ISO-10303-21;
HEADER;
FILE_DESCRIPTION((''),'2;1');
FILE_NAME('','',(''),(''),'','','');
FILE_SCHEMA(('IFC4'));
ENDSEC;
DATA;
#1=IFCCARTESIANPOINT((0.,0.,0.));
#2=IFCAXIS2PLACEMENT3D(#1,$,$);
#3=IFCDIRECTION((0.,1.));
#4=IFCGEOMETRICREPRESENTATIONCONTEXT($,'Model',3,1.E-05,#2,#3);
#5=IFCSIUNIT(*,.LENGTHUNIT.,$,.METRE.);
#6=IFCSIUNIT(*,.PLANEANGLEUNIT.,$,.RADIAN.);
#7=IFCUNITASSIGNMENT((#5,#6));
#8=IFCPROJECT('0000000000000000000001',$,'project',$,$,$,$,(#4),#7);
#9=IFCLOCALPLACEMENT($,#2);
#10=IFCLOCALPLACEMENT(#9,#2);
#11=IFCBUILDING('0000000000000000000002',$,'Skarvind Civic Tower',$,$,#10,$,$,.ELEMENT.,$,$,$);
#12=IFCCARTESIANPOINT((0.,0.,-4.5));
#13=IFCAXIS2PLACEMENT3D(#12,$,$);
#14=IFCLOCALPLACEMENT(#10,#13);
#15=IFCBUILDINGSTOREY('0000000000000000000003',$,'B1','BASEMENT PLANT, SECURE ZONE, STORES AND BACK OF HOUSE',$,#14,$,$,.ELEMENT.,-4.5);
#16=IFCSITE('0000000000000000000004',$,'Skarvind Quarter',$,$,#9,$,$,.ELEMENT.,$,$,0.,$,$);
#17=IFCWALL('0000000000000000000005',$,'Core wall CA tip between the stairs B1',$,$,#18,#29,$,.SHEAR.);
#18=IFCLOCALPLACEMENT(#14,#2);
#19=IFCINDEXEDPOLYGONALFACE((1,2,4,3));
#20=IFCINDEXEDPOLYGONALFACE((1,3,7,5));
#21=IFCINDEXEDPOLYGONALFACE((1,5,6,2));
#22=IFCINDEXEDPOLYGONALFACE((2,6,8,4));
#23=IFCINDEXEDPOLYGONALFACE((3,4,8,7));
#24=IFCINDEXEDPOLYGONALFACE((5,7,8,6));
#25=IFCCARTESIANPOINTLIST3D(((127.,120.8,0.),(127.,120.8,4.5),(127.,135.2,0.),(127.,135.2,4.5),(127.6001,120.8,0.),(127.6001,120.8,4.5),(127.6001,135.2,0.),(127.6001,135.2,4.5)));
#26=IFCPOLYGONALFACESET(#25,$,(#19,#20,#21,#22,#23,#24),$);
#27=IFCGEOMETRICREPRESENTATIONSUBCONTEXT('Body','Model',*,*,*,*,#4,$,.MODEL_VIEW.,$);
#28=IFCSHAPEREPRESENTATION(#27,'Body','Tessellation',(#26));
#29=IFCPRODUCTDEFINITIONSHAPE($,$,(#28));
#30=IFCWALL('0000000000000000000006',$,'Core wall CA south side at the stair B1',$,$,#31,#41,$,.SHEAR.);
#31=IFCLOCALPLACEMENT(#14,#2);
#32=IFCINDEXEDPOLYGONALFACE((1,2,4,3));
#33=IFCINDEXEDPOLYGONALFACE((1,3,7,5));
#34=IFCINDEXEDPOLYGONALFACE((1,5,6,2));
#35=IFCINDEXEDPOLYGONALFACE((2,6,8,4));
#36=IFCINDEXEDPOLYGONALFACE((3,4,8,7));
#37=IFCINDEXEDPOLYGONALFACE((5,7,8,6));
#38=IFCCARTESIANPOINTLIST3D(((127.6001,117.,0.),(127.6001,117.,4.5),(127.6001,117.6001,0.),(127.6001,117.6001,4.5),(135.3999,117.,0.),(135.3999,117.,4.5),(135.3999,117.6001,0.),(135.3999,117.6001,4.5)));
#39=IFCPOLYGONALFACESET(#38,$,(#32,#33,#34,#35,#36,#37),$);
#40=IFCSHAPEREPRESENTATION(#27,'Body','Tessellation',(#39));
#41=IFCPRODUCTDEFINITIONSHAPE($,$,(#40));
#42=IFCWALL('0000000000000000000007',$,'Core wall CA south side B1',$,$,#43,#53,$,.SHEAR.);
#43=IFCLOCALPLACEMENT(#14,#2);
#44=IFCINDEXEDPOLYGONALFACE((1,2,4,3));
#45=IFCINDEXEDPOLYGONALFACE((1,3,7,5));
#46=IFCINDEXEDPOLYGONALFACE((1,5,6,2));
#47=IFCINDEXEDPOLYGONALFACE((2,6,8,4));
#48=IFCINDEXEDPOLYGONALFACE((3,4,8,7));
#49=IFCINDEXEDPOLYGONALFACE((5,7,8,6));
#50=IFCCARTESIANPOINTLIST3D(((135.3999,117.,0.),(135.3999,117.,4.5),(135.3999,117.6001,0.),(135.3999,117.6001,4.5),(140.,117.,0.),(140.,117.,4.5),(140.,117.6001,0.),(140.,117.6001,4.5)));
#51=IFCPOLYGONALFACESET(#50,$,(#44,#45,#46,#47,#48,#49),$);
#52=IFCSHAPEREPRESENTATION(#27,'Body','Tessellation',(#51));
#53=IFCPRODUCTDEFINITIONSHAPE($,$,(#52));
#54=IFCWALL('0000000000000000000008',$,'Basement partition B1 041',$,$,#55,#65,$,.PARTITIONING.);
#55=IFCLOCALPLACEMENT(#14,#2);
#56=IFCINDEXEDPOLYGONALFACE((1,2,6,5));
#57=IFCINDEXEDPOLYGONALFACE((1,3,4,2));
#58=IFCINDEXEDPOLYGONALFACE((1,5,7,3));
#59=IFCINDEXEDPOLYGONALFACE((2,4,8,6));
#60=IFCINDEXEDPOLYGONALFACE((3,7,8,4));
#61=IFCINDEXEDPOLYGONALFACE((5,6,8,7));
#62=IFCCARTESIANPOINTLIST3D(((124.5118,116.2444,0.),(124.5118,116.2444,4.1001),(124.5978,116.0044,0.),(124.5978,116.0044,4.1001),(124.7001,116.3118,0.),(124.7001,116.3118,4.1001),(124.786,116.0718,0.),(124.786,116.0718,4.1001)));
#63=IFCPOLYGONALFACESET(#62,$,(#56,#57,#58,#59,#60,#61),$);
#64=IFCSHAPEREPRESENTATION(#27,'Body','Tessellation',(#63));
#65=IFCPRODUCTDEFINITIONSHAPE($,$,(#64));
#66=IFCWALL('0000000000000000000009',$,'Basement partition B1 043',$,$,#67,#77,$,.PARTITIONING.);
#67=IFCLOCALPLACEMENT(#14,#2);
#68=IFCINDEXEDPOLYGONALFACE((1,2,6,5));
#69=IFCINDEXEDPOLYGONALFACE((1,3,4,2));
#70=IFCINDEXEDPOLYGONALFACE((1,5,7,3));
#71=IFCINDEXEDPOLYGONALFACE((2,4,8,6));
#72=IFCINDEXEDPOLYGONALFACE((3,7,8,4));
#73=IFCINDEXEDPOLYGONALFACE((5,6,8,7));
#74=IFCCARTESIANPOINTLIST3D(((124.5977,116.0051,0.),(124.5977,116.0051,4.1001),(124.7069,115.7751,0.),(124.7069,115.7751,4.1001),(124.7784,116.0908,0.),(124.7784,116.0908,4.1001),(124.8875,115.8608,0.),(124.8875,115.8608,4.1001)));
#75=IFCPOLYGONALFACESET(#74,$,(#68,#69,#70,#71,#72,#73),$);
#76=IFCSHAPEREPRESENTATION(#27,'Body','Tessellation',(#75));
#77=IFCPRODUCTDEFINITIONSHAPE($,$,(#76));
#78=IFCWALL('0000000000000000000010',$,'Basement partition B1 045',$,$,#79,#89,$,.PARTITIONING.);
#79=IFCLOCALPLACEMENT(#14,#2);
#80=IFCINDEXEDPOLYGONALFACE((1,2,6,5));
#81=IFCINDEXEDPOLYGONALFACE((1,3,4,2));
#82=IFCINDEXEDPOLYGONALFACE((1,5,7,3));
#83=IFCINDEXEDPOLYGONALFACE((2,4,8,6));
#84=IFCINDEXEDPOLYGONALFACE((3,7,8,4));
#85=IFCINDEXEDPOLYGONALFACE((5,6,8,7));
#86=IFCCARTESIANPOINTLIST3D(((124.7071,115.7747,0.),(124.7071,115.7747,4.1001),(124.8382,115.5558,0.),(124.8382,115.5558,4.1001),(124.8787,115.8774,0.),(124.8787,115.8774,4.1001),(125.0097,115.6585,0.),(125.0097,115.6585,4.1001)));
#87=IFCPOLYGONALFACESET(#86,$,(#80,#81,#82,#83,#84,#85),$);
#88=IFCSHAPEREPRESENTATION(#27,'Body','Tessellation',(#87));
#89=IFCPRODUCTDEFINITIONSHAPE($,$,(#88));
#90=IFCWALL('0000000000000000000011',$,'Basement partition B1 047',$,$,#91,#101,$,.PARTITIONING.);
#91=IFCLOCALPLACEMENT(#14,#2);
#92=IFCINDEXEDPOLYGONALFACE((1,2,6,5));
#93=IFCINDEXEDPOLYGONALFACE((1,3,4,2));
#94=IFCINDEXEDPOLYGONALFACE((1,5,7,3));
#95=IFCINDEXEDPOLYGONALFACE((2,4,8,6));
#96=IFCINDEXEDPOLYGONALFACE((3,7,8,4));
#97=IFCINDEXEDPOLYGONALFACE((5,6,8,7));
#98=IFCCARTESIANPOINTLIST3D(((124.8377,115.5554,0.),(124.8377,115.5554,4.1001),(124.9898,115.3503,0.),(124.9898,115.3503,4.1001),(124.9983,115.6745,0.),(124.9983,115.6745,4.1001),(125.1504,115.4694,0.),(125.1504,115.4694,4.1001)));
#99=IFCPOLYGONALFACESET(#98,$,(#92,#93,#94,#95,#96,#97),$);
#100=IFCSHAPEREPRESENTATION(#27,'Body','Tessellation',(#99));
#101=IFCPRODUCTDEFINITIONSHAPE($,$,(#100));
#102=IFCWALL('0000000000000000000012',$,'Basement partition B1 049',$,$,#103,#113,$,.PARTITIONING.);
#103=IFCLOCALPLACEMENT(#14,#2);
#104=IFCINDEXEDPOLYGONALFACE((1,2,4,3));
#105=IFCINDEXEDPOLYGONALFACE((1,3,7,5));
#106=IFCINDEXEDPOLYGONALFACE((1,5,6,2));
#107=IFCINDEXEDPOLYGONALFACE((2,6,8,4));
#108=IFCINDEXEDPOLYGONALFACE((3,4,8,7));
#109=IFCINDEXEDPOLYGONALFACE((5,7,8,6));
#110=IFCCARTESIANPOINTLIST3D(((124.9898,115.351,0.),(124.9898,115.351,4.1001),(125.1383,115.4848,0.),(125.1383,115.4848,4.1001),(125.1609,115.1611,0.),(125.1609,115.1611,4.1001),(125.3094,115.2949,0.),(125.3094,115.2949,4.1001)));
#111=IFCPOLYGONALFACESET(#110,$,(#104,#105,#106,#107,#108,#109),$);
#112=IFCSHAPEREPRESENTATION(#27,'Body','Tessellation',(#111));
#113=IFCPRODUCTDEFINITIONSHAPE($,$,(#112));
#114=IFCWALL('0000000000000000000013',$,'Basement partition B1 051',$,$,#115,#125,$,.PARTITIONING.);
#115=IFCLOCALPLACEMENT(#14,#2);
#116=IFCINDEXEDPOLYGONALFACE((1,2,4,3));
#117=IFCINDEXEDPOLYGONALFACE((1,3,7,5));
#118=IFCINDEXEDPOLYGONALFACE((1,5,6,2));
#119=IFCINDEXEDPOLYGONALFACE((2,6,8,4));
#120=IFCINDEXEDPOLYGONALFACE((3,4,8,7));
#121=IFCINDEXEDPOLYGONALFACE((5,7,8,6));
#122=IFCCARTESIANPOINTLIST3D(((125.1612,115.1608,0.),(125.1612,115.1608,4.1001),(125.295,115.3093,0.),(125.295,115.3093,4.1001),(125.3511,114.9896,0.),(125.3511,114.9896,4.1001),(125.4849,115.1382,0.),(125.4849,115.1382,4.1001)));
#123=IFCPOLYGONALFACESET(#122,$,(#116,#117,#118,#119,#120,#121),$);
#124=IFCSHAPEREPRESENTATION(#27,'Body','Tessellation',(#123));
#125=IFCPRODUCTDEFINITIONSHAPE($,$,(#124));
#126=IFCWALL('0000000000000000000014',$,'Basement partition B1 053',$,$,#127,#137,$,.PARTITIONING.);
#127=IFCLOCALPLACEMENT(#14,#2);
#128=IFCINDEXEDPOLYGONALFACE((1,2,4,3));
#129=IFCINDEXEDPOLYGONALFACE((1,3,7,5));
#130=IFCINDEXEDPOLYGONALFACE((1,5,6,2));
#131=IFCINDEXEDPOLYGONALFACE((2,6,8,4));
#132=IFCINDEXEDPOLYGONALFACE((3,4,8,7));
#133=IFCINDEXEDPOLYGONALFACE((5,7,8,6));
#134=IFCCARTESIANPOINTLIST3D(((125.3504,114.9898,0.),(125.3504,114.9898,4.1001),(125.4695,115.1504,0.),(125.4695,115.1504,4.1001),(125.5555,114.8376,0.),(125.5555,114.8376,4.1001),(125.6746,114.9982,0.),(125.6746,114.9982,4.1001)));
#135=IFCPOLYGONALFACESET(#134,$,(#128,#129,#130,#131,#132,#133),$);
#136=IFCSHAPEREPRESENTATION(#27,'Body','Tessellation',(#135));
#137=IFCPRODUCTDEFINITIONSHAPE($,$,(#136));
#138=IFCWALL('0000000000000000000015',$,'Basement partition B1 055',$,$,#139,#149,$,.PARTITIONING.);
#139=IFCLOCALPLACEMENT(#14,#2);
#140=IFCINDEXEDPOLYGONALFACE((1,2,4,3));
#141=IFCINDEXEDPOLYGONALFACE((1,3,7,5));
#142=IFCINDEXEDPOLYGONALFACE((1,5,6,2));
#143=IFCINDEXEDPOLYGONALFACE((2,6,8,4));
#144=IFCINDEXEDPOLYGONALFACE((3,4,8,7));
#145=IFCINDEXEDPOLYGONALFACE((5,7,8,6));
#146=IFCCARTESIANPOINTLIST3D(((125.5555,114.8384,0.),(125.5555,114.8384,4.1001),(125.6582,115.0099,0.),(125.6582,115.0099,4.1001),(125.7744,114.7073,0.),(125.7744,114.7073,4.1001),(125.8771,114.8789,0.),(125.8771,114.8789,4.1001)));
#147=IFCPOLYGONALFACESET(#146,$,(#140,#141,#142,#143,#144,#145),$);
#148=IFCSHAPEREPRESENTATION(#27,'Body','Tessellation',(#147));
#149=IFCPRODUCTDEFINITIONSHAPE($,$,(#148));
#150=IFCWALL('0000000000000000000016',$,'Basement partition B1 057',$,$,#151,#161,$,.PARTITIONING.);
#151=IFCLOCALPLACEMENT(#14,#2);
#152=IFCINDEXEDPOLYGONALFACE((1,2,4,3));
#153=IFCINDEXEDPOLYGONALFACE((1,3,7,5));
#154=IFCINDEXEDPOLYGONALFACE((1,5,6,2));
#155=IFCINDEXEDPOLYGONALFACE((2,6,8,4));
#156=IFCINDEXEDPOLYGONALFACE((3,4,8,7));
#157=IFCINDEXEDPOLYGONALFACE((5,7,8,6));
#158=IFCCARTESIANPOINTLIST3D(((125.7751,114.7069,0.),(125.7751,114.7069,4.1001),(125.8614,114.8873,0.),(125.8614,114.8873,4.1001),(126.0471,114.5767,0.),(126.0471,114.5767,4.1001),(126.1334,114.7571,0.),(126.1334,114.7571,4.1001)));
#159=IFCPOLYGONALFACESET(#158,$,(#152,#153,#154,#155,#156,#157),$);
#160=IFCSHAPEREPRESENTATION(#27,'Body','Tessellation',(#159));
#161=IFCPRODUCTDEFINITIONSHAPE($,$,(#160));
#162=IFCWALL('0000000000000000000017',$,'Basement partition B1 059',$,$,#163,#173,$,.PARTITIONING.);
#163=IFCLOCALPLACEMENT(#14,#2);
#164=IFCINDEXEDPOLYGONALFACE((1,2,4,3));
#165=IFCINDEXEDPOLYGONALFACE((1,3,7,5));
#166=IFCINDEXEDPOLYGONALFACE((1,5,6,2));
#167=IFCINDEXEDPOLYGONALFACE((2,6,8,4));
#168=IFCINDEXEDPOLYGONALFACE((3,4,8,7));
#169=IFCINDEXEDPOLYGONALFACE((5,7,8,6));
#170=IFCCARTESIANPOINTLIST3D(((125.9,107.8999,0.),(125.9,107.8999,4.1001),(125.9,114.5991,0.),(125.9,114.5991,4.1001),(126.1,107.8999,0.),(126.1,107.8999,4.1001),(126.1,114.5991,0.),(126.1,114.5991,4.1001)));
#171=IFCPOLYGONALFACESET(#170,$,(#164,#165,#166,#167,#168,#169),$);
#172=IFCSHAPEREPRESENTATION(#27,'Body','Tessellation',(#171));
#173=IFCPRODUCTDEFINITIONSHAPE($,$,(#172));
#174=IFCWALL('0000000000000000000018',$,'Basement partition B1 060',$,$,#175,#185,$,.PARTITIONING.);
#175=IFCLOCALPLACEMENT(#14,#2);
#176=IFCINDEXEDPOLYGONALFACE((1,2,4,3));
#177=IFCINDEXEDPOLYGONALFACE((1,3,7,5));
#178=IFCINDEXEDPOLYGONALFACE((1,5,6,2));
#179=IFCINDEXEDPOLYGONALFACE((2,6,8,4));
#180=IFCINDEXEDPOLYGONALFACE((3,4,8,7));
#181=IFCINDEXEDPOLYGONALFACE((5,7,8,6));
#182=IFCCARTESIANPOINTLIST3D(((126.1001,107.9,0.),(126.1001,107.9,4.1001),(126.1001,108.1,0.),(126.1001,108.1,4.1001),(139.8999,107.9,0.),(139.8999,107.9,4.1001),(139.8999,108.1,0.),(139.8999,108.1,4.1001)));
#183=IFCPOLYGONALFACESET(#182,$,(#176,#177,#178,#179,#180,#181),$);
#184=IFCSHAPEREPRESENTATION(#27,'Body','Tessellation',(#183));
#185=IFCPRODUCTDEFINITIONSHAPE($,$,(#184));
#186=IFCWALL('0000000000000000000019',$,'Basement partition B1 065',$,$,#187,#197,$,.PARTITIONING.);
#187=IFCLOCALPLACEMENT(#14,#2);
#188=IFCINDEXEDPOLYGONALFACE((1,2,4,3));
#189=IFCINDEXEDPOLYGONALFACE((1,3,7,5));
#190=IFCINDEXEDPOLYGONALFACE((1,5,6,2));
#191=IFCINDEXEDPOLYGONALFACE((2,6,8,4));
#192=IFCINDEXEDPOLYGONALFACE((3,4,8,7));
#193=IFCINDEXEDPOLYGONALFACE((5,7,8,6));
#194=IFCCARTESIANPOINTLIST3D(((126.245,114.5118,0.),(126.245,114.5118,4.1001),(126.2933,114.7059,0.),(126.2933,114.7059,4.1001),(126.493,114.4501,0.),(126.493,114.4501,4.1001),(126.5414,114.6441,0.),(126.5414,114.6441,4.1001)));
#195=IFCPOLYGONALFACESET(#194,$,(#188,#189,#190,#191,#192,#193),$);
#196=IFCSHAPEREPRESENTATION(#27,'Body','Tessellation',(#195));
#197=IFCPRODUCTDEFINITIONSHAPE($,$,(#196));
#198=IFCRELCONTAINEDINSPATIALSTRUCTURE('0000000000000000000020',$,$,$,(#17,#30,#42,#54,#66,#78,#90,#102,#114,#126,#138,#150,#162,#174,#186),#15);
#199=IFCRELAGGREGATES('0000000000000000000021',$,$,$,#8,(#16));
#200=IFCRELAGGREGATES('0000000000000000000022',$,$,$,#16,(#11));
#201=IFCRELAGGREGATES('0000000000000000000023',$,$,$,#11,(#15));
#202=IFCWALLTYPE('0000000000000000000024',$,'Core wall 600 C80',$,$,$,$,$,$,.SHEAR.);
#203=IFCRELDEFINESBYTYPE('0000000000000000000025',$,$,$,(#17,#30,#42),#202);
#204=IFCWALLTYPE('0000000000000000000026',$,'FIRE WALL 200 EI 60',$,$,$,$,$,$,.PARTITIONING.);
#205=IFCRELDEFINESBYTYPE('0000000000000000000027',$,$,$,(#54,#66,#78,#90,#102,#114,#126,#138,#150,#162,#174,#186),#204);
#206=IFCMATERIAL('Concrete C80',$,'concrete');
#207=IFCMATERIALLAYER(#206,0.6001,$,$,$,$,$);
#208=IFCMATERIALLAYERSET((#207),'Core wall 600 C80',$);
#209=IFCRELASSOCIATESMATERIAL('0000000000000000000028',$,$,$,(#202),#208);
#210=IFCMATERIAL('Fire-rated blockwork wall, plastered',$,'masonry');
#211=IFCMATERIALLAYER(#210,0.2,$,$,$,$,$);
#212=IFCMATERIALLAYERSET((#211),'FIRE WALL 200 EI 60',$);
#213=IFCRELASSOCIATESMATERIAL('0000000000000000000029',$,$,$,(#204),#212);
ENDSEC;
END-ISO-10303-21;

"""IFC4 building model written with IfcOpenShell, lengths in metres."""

from ifc_helpers import new_model, si_unit, direction, frame, frame_2d, origin, place, context, subcontext, project, spatial, rectangle, extrude, material, layer, layer_set, type_object, element, save


model = new_model("IFC4")

# Units and contexts
model_context = context("Model", 3, precision=1e-05, world=origin(), true_north=direction((0.0, 1.0)))
body_context = subcontext(model_context, "Body", "Model", "MODEL_VIEW")
ifc_project = project(units=[si_unit("LENGTHUNIT", "METRE"), si_unit("PLANEANGLEUNIT", "RADIAN")], contexts=[model_context])

# Site, building, storey
site_placement = place(None, origin())
site = spatial("IfcSite", under=ifc_project, at=site_placement, Name="Skarvind Quarter", CompositionType="ELEMENT", RefElevation=0.0)
building_placement = place(site_placement, origin())
building = spatial("IfcBuilding", under=site, at=building_placement, Name="Skarvind Civic Tower", CompositionType="ELEMENT")
storey_placement = place(building_placement, frame((0.0, 0.0, -4.5)))
storey = spatial("IfcBuildingStorey", under=building, at=storey_placement, Name="B1", Description="BASEMENT PLANT, SECURE ZONE, STORES AND BACK OF HOUSE", CompositionType="ELEMENT", Elevation=-4.5)

# Shared definitions
ifc_material_1 = material(Name="Concrete C80", Category="concrete")

# Walls
ifc_layer_1 = layer(ifc_material_1, 0.6001)
ifc_layer_set_1 = layer_set([ifc_layer_1], Name="Core wall 600 C80")
wall_type_1 = type_object("IfcWallType", Name="Core wall 600 C80", PredefinedType="SHEAR", material=ifc_layer_set_1)
wall_1_placement = place(storey_placement, frame((127.3, 120.8, 0.0), z_axis=(0.0, 0.0, 1.0), x_axis=(0.0, 1.0, 0.0)))
element("IfcWall", 1, at=wall_1_placement, inside=storey, type_object=wall_type_1, Name="Core wall CA tip between the stairs B1", PredefinedType="SHEAR", context=body_context, shape_type="SweptSolid", body=[
    extrude(rectangle(XDim=14.3999, YDim=0.6001, at=frame_2d((7.2, 0.0))), origin(), (0.0, 0.0, 1.0), 4.5),
])
wall_2_placement = place(storey_placement, frame((127.6001, 117.3, 0.0), z_axis=(0.0, 0.0, 1.0), x_axis=(1.0, 0.0, 0.0)))
element("IfcWall", 2, at=wall_2_placement, inside=storey, type_object=wall_type_1, Name="Core wall CA south side at the stair B1", PredefinedType="SHEAR", context=body_context, shape_type="SweptSolid", body=[
    extrude(rectangle(XDim=7.7998, YDim=0.6001, at=frame_2d((3.8999, 0.0))), origin(), (0.0, 0.0, 1.0), 4.5),
])
wall_3_placement = place(storey_placement, frame((135.3999, 117.3, 0.0), z_axis=(0.0, 0.0, 1.0), x_axis=(1.0, 0.0, 0.0)))
element("IfcWall", 3, at=wall_3_placement, inside=storey, type_object=wall_type_1, Name="Core wall CA south side B1", PredefinedType="SHEAR", context=body_context, shape_type="SweptSolid", body=[
    extrude(rectangle(XDim=4.6001, YDim=0.6001, at=frame_2d((2.3, 0.0))), origin(), (0.0, 0.0, 1.0), 4.5),
])
ifc_material_2 = material(Name="Fire-rated blockwork wall, plastered", Category="masonry")
ifc_layer_2 = layer(ifc_material_2, 0.2)
ifc_layer_set_2 = layer_set([ifc_layer_2], Name="FIRE WALL 200 EI 60")
wall_type_2 = type_object("IfcWallType", Name="FIRE WALL 200 EI 60", PredefinedType="PARTITIONING", material=ifc_layer_set_2)
wall_4_placement = place(storey_placement, frame((124.606, 116.2781, 0.0), z_axis=(0.0, 0.0, 1.0), x_axis=(0.337125, -0.94146, 0.0)))
element("IfcWall", 4, at=wall_4_placement, inside=storey, type_object=wall_type_2, Name="Basement partition B1 041", PredefinedType="PARTITIONING", context=body_context, shape_type="SweptSolid", body=[
    extrude(rectangle(XDim=0.2549, YDim=0.2, at=frame_2d((0.1274, 0.0))), origin(), (0.0, 0.0, 1.0), 4.1001),
])
wall_5_placement = place(storey_placement, frame((124.688, 116.0481, 0.0), z_axis=(0.0, 0.0, 1.0), x_axis=(0.428705, -0.903445, 0.0)))
element("IfcWall", 5, at=wall_5_placement, inside=storey, type_object=wall_type_2, Name="Basement partition B1 043", PredefinedType="PARTITIONING", context=body_context, shape_type="SweptSolid", body=[
    extrude(rectangle(XDim=0.2546, YDim=0.2, at=frame_2d((0.1274, 0.0))), origin(), (0.0, 0.0, 1.0), 4.1001),
])
wall_6_placement = place(storey_placement, frame((124.793, 115.8259, 0.0), z_axis=(0.0, 0.0, 1.0), x_axis=(0.513652, -0.857999, 0.0)))
element("IfcWall", 6, at=wall_6_placement, inside=storey, type_object=wall_type_2, Name="Basement partition B1 045", PredefinedType="PARTITIONING", context=body_context, shape_type="SweptSolid", body=[
    extrude(rectangle(XDim=0.2551, YDim=0.2, at=frame_2d((0.1274, 0.0))), origin(), (0.0, 0.0, 1.0), 4.1001),
])
wall_7_placement = place(storey_placement, frame((124.918, 115.615, 0.0), z_axis=(0.0, 0.0, 1.0), x_axis=(0.595708, -0.803201, 0.0)))
element("IfcWall", 7, at=wall_7_placement, inside=storey, type_object=wall_type_2, Name="Basement partition B1 047", PredefinedType="PARTITIONING", context=body_context, shape_type="SweptSolid", body=[
    extrude(rectangle(XDim=0.2554, YDim=0.2, at=frame_2d((0.1277, 0.0))), origin(), (0.0, 0.0, 1.0), 4.1001),
])
for number, where, z_axis, x_axis, name in (
    (8, (125.064, 115.418, 0.0), (0.0, 0.0, 1.0), (0.669387, -0.742914, 0.0), "Basement partition B1 049"),
    (9, (125.228, 115.2351, 0.0), (0.0, 0.0, 1.0), (0.742914, -0.669387, 0.0), "Basement partition B1 051"),
):
    element("IfcWall", number, at=place(storey_placement, frame(where, z_axis=z_axis, x_axis=x_axis)), inside=storey, type_object=wall_type_2, Name=name, PredefinedType="PARTITIONING", context=body_context, shape_type="SweptSolid", body=[
        extrude(rectangle(XDim=0.2556, YDim=0.2, at=frame_2d((0.1279, 0.0))), origin(), (0.0, 0.0, 1.0), 4.1001),
    ])
wall_8_placement = place(storey_placement, frame((125.4099, 115.0701, 0.0), z_axis=(0.0, 0.0, 1.0), x_axis=(0.803201, -0.595708, 0.0)))
element("IfcWall", 10, at=wall_8_placement, inside=storey, type_object=wall_type_2, Name="Basement partition B1 053", PredefinedType="PARTITIONING", context=body_context, shape_type="SweptSolid", body=[
    extrude(rectangle(XDim=0.2554, YDim=0.2, at=frame_2d((0.1277, 0.0))), origin(), (0.0, 0.0, 1.0), 4.1001),
])
wall_9_placement = place(storey_placement, frame((125.6069, 114.9241, 0.0), z_axis=(0.0, 0.0, 1.0), x_axis=(0.857999, -0.513652, 0.0)))
element("IfcWall", 11, at=wall_9_placement, inside=storey, type_object=wall_type_2, Name="Basement partition B1 055", PredefinedType="PARTITIONING", context=body_context, shape_type="SweptSolid", body=[
    extrude(rectangle(XDim=0.2551, YDim=0.2, at=frame_2d((0.1274, 0.0))), origin(), (0.0, 0.0, 1.0), 4.1001),
])
wall_10_placement = place(storey_placement, frame((125.8181, 114.7971, 0.0), z_axis=(0.0, 0.0, 1.0), x_axis=(0.902066, -0.431599, 0.0)))
element("IfcWall", 12, at=wall_10_placement, inside=storey, type_object=wall_type_2, Name="Basement partition B1 057", PredefinedType="PARTITIONING", context=body_context, shape_type="SweptSolid", body=[
    extrude(rectangle(XDim=0.3015, YDim=0.2, at=frame_2d((0.1509, 0.0))), origin(), (0.0, 0.0, 1.0), 4.1001),
])
wall_11_placement = place(storey_placement, frame((126.0, 107.8999, 0.0), z_axis=(0.0, 0.0, 1.0), x_axis=(0.0, 1.0, 0.0)))
element("IfcWall", 13, at=wall_11_placement, inside=storey, type_object=wall_type_2, Name="Basement partition B1 059", PredefinedType="PARTITIONING", context=body_context, shape_type="SweptSolid", body=[
    extrude(rectangle(XDim=6.6992, YDim=0.2, at=frame_2d((3.3496, 0.0))), origin(), (0.0, 0.0, 1.0), 4.1001),
])
wall_12_placement = place(storey_placement, frame((126.1001, 108.0, 0.0), z_axis=(0.0, 0.0, 1.0), x_axis=(1.0, 0.0, 0.0)))
element("IfcWall", 14, at=wall_12_placement, inside=storey, type_object=wall_type_2, Name="Basement partition B1 060", PredefinedType="PARTITIONING", context=body_context, shape_type="SweptSolid", body=[
    extrude(rectangle(XDim=13.7998, YDim=0.2, at=frame_2d((6.8999, 0.0))), origin(), (0.0, 0.0, 1.0), 4.1001),
])
wall_13_placement = place(storey_placement, frame((126.269, 114.6089, 0.0), z_axis=(0.0, 0.0, 1.0), x_axis=(0.970367, -0.241637, 0.0)))
element("IfcWall", 15, at=wall_13_placement, inside=storey, type_object=wall_type_2, Name="Basement partition B1 065", PredefinedType="PARTITIONING", context=body_context, shape_type="SweptSolid", body=[
    extrude(rectangle(XDim=0.2556, YDim=0.2, at=frame_2d((0.1279, 0.0))), origin(), (0.0, 0.0, 1.0), 4.1001),
])

save(model, "model.ifc")
